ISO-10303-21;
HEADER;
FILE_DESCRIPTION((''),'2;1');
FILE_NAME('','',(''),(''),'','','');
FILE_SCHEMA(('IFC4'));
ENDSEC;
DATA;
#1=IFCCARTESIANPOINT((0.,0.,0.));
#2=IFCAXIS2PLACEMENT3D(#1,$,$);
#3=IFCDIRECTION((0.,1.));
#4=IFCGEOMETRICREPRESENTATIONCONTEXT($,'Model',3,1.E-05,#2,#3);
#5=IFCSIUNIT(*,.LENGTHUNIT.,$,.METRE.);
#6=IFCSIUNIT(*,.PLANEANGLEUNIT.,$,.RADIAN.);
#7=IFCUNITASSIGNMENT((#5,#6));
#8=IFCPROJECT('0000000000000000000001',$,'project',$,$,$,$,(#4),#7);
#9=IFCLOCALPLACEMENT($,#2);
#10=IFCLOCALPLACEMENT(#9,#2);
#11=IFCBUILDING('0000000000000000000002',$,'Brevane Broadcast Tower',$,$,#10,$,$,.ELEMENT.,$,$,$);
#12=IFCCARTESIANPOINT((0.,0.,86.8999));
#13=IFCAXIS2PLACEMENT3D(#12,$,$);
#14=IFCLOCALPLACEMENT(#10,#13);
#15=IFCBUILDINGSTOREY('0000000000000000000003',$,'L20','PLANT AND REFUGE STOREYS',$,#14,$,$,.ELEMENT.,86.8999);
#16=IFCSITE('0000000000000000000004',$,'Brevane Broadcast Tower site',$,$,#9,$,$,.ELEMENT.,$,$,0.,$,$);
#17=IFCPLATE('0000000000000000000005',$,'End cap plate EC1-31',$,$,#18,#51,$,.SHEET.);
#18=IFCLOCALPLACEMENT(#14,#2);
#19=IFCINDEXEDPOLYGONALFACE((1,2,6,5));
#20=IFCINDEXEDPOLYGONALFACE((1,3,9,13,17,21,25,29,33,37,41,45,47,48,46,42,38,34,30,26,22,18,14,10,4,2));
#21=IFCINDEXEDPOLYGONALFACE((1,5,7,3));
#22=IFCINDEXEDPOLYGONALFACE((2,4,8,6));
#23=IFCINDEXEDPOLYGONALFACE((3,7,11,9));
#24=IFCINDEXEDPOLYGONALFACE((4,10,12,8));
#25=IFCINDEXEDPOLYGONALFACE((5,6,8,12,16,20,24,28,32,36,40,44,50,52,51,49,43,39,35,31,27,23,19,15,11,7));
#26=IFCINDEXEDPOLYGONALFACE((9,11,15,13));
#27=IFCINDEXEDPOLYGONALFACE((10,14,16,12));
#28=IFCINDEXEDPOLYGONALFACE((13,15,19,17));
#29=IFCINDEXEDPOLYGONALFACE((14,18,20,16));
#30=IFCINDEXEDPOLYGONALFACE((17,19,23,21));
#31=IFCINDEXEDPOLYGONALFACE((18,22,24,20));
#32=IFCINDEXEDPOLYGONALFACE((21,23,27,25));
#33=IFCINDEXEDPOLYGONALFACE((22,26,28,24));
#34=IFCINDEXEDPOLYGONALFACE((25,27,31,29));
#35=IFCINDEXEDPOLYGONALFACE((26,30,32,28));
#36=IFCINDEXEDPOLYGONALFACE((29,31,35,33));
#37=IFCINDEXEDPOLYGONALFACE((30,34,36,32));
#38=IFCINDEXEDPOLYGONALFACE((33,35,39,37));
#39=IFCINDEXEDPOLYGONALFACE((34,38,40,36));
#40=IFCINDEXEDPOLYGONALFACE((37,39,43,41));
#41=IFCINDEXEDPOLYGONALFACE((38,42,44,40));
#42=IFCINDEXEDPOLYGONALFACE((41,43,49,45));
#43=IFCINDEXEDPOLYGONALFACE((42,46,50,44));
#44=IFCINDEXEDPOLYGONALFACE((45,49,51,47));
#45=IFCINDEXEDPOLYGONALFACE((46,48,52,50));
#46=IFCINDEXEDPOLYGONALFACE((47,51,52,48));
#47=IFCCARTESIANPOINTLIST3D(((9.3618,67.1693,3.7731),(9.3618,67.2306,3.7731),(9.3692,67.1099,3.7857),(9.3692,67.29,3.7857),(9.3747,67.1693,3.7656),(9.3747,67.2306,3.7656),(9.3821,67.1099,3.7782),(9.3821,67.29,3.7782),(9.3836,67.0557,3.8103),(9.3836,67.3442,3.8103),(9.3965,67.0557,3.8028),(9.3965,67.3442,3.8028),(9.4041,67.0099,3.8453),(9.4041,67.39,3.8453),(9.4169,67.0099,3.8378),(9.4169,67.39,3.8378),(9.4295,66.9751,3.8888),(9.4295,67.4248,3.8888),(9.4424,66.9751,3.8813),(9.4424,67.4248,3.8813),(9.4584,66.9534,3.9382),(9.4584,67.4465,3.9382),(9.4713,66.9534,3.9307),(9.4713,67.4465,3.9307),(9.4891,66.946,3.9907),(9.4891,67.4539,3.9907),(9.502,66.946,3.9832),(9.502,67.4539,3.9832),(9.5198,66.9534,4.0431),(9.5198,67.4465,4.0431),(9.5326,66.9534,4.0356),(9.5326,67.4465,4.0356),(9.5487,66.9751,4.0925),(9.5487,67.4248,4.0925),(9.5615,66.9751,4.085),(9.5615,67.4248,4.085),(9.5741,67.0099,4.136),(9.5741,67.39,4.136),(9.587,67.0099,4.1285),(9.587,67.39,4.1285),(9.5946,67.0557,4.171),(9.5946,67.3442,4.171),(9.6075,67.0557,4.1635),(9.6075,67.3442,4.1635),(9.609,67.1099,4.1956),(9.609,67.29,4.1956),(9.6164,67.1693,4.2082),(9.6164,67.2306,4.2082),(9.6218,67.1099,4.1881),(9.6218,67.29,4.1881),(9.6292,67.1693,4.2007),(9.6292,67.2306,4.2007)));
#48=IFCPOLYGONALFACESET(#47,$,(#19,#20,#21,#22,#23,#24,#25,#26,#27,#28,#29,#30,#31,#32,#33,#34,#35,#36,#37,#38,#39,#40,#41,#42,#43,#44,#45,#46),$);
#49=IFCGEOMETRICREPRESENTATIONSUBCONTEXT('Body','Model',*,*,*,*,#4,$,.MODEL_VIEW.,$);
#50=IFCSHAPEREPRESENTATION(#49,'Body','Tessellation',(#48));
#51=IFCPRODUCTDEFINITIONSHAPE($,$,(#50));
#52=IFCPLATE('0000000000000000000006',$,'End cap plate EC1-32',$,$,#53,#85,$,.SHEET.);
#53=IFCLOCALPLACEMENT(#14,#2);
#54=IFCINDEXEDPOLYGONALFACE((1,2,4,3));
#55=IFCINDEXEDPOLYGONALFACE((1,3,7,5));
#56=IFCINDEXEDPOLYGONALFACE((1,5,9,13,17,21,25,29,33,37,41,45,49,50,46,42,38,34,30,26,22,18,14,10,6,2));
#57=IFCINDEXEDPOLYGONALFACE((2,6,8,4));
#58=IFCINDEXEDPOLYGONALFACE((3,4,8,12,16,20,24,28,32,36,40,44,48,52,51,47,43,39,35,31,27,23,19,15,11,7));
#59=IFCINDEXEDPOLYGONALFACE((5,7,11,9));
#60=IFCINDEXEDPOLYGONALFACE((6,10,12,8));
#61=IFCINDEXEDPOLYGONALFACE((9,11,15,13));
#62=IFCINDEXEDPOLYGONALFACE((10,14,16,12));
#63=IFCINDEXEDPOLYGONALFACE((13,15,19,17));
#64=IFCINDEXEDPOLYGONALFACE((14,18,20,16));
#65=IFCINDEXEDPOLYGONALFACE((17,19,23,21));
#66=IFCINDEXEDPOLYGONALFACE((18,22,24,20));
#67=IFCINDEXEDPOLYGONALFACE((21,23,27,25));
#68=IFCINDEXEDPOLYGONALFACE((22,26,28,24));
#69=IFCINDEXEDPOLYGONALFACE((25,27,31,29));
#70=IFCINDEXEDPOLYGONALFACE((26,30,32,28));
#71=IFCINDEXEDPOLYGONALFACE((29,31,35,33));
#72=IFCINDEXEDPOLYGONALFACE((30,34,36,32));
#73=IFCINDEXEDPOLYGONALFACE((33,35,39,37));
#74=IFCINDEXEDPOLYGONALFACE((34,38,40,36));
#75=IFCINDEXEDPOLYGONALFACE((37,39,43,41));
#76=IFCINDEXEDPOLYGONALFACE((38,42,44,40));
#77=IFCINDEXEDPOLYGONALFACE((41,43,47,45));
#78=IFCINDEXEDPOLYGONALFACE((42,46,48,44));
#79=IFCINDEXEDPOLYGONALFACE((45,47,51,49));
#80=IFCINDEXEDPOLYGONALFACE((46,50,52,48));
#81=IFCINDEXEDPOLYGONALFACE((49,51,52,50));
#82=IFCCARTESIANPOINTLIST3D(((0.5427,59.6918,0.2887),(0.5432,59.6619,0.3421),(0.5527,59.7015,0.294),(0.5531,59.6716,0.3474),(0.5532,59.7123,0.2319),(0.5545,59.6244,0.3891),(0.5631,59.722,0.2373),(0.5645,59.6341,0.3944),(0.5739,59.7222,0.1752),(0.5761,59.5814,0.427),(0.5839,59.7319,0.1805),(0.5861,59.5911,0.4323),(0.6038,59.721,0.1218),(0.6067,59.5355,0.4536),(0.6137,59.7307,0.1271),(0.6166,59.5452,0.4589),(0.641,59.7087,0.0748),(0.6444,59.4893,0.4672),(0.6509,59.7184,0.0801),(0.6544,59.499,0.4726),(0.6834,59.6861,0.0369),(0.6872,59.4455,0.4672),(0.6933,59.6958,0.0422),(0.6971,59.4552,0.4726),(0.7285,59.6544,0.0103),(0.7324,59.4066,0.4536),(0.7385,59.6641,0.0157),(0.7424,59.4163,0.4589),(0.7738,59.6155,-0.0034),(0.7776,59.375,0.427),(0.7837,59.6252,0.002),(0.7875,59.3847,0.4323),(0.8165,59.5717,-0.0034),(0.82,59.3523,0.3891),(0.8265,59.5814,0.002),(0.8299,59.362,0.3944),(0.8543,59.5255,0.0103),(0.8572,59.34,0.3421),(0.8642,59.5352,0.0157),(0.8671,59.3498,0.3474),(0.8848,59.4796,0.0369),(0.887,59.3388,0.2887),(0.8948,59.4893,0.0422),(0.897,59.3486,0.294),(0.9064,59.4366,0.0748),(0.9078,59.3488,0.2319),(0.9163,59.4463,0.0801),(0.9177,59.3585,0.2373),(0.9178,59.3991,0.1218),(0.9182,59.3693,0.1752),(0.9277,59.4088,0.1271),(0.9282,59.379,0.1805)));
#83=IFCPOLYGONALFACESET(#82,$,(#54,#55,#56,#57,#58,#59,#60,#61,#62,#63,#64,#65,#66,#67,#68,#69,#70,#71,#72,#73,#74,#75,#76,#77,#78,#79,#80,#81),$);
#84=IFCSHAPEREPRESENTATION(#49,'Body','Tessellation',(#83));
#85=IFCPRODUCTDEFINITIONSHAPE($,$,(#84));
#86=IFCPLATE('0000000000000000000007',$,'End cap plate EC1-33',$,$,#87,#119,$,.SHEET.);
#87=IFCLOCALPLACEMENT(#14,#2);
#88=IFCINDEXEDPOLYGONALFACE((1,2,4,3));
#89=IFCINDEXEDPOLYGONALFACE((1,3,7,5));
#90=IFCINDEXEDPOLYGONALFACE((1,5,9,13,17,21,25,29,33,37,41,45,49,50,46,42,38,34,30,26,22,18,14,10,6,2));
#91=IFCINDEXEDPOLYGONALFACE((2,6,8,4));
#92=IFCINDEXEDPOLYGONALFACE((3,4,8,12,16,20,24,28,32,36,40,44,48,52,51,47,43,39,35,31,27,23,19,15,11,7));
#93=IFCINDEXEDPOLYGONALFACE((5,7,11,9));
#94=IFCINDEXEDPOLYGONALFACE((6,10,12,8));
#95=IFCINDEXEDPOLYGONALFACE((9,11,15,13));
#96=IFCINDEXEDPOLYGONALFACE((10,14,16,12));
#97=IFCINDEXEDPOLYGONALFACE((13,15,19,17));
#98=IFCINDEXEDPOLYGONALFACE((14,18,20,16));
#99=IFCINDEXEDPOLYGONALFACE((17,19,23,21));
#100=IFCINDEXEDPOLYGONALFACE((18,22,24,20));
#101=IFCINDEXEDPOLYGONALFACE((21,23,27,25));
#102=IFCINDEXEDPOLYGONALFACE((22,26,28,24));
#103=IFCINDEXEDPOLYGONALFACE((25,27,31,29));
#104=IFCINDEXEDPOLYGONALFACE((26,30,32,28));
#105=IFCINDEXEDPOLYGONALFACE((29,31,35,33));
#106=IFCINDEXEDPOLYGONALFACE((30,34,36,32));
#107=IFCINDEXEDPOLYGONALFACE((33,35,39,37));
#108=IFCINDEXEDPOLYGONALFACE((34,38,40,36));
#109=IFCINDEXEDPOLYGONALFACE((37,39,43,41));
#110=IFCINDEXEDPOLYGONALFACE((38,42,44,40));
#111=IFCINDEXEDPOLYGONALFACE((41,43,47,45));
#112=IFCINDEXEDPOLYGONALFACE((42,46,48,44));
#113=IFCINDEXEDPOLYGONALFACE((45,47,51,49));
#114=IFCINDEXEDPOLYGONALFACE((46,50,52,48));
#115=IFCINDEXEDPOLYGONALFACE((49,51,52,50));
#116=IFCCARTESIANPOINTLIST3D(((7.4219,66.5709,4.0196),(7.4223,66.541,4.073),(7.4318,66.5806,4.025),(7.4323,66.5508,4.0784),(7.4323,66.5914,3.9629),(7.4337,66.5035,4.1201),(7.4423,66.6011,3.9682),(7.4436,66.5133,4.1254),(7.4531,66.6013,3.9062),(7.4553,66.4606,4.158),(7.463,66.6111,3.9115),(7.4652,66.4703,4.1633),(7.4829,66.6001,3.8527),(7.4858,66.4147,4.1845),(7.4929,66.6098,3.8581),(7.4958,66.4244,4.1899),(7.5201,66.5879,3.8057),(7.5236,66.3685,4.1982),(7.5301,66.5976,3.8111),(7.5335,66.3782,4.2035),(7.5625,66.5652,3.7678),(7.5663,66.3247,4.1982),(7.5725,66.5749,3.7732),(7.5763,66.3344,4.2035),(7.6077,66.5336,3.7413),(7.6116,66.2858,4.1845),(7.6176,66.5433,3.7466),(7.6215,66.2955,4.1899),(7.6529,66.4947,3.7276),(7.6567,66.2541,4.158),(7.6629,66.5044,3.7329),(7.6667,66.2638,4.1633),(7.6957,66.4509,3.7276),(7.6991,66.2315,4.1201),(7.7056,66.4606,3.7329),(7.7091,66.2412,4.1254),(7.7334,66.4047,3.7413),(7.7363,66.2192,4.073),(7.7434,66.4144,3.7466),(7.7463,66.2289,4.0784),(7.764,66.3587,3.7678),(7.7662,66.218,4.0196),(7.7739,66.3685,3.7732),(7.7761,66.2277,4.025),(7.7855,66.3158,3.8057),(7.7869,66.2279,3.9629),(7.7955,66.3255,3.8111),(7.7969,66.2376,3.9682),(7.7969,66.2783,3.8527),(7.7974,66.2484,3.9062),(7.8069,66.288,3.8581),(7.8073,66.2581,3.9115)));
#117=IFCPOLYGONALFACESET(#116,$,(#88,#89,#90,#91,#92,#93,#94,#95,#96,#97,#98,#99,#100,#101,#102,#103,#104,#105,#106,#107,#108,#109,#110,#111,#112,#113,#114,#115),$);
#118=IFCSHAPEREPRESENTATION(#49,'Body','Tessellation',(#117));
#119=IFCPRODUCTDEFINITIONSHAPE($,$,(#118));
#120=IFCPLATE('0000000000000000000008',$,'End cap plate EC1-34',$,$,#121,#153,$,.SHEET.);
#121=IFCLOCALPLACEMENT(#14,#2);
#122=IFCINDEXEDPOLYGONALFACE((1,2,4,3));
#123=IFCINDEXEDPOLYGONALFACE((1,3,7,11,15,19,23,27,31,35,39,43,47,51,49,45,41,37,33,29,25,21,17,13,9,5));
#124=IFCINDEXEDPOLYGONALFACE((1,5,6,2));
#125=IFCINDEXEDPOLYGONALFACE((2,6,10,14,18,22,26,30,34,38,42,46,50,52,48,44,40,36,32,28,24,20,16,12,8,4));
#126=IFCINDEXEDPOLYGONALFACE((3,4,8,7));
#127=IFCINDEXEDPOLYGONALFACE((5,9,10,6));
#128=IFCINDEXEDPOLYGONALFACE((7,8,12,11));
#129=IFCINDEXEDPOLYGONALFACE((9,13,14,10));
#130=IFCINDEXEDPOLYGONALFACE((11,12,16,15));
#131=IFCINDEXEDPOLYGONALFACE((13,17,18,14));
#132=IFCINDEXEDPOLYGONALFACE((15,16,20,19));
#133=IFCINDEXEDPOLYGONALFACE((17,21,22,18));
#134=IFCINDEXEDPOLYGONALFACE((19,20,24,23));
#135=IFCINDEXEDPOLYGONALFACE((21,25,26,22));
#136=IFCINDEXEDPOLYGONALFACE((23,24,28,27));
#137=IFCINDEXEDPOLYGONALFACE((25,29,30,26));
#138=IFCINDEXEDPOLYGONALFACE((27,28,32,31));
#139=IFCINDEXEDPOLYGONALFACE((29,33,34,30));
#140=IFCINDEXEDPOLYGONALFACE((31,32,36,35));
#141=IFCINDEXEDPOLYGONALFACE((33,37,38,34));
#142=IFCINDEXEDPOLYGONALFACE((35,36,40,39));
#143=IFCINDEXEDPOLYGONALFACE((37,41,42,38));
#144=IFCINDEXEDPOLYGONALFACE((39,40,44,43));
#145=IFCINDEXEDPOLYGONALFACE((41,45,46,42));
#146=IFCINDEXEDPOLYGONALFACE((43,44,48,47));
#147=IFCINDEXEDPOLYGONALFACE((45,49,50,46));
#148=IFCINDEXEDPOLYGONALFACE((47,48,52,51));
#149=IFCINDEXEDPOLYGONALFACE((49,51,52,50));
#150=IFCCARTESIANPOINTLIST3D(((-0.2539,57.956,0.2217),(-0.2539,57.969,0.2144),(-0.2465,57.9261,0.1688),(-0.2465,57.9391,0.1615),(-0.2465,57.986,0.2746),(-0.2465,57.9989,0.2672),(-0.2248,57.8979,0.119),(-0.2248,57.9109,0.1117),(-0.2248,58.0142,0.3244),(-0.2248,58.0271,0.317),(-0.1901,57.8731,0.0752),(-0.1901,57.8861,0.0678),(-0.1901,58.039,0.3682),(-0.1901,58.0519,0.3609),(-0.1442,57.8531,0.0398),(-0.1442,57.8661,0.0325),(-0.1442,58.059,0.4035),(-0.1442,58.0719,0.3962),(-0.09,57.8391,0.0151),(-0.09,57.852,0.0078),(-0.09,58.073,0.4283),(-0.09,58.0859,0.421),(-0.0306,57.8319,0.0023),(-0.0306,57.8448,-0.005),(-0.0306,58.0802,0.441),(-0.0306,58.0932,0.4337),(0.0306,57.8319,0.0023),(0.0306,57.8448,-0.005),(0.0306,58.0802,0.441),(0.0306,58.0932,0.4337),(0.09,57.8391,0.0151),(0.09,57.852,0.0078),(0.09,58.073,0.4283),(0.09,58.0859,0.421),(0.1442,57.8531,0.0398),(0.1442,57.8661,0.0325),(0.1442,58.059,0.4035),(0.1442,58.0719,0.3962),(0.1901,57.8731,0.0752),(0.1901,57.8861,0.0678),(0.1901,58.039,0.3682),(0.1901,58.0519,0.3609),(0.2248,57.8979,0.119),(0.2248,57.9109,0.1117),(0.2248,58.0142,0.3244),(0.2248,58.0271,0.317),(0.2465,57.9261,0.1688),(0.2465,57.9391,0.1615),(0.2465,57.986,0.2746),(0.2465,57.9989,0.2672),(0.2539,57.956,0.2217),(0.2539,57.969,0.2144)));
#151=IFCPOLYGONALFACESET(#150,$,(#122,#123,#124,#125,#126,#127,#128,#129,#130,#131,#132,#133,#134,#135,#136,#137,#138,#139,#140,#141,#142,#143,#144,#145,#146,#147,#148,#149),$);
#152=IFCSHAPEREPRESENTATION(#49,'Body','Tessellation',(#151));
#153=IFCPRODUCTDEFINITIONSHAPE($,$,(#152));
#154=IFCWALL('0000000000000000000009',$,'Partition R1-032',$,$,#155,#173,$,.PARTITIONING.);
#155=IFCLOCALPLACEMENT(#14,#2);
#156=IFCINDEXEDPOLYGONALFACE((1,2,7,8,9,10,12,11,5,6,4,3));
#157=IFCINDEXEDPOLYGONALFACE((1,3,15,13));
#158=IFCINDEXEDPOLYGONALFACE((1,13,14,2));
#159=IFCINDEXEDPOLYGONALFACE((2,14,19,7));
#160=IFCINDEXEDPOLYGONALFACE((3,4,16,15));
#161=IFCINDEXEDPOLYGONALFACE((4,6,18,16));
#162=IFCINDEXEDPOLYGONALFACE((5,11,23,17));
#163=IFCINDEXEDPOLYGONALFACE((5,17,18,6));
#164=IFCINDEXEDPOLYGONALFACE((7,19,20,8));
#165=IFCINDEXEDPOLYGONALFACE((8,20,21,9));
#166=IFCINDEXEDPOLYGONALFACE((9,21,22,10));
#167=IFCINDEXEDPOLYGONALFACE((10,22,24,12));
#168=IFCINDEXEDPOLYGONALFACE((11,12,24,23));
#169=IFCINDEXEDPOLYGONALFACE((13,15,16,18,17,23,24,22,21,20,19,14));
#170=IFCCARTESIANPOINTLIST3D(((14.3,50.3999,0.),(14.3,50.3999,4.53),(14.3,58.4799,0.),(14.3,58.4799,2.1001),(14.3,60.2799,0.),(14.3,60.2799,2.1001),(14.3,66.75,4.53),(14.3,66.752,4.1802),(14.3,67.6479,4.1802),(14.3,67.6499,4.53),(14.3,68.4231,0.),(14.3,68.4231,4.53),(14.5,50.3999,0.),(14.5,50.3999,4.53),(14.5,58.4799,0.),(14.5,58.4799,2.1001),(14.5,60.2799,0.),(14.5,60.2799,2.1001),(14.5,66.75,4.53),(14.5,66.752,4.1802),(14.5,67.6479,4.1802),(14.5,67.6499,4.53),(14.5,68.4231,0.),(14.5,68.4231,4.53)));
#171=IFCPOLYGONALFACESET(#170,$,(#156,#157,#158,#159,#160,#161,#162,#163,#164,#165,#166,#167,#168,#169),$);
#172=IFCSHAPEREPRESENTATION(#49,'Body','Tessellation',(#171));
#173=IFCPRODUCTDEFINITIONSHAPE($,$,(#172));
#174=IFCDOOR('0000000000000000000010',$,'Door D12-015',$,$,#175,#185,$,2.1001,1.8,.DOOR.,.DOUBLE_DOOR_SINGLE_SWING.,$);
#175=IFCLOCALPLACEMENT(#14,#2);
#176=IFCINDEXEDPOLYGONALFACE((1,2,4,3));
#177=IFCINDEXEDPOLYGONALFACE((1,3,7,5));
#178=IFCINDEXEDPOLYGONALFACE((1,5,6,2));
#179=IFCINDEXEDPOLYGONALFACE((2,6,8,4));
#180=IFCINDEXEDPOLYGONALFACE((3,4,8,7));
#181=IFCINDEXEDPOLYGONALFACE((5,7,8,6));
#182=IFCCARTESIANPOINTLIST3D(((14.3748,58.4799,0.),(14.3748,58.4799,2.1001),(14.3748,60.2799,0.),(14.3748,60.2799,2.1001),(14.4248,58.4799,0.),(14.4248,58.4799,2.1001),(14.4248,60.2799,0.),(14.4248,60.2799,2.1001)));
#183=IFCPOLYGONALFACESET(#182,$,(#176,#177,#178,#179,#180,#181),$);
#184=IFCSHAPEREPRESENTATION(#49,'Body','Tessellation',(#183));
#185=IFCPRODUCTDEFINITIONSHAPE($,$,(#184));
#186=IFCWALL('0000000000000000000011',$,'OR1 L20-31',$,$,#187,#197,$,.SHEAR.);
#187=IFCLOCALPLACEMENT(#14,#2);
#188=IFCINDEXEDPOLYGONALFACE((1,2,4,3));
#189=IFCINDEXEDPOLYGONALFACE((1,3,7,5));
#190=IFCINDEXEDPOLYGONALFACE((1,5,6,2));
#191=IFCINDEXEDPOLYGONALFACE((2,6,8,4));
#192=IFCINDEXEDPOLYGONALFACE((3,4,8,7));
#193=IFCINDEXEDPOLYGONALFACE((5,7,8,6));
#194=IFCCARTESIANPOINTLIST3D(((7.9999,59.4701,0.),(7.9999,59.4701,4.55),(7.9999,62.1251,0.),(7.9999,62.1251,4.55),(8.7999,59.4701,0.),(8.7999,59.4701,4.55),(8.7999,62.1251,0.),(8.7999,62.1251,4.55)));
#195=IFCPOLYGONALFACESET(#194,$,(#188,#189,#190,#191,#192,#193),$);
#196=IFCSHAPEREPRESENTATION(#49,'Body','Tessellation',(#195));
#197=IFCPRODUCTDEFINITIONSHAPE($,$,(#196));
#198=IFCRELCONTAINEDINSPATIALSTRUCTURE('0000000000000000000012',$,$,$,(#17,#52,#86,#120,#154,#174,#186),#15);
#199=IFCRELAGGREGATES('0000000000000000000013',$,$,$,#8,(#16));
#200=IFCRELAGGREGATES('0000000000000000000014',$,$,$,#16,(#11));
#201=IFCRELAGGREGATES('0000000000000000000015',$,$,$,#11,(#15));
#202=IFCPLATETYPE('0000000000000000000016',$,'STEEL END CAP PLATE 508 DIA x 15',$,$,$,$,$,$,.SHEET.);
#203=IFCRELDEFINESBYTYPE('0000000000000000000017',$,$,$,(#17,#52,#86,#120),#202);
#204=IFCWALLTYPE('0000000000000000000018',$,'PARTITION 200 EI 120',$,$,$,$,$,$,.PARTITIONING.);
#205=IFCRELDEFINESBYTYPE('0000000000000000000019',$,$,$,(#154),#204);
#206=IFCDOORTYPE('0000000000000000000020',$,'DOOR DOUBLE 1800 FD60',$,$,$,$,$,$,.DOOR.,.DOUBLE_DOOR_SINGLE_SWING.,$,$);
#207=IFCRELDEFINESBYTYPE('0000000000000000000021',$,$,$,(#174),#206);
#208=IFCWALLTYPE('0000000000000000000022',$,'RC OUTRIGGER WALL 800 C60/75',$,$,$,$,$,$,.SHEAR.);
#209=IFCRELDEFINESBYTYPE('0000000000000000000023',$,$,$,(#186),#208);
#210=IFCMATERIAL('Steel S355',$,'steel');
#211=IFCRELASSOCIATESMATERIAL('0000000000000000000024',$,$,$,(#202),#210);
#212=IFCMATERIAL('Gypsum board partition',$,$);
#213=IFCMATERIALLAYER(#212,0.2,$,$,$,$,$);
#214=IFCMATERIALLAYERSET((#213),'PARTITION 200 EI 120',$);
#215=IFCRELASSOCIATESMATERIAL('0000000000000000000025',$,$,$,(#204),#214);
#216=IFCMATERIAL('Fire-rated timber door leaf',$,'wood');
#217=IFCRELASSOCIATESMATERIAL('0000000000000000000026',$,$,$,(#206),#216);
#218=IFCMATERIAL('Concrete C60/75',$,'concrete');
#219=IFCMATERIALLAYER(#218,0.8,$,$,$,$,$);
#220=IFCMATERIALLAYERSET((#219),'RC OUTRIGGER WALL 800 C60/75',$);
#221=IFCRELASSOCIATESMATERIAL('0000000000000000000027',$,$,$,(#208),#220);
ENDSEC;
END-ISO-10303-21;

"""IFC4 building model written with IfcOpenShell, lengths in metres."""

from ifc_helpers import new_model, si_unit, direction, frame, frame_2d, origin, origin_2d, place, context, subcontext, project, spatial, polyline, rectangle, circle, outline, extrude, material, layer, layer_set, material_profile, profile_set, type_object, element, fill, save


model = new_model("IFC4")

# Units and contexts
model_context = context("Model", 3, precision=1e-05, world=origin(), true_north=direction((0.0, 1.0)))
body_context = subcontext(model_context, "Body", "Model", "MODEL_VIEW")
ifc_project = project(units=[si_unit("LENGTHUNIT", "METRE"), si_unit("PLANEANGLEUNIT", "RADIAN")], contexts=[model_context])

# Site, building, storey
site_placement = place(None, origin())
site = spatial("IfcSite", under=ifc_project, at=site_placement, Name="Brevane Broadcast Tower site", CompositionType="ELEMENT", RefElevation=0.0)
building_placement = place(site_placement, origin())
building = spatial("IfcBuilding", under=site, at=building_placement, Name="Brevane Broadcast Tower", CompositionType="ELEMENT")
storey_placement = place(building_placement, frame((0.0, 0.0, 86.8999)))
storey = spatial("IfcBuildingStorey", under=building, at=storey_placement, Name="L20", Description="PLANT AND REFUGE STOREYS", CompositionType="ELEMENT", Elevation=86.8999)

# Shared definitions
ifc_material_1 = material(Name="Steel S355", Category="steel")

# Plates
ifc_material_profile_1 = material_profile(ifc_material_1, circle(Radius=0.2539, at=origin_2d()), Name="PL 508 DIA x 15")
ifc_profile_set_1 = profile_set([ifc_material_profile_1], Name="Steel S355")
plate_type = type_object("IfcPlateType", Name="STEEL END CAP PLATE 508 DIA x 15", PredefinedType="SHEET", material=ifc_profile_set_1)
for number, where, z_axis, x_axis, name in (
    (1, (9.502, 67.2, 3.9832), (-0.863188, 0.0, 0.504883), (0.0, -1.0, 0.0), "End cap plate EC1-31"),
    (2, (0.7305, 59.5305, 0.2319), (0.668192, 0.651895, 0.358542), (-0.698324, 0.715782, 0.0), "End cap plate EC1-32"),
    (3, (7.6096, 66.4097, 3.9629), (0.668192, 0.651895, 0.358542), (-0.698324, 0.715782, 0.0), "End cap plate EC1-33"),
    (4, (0.0, 57.969, 0.2144), (0.0, -0.870257, 0.492598), (1.0, 0.0, 0.0), "End cap plate EC1-34"),
):
    element("IfcPlate", number, at=place(storey_placement, frame(where, z_axis=z_axis, x_axis=x_axis)), inside=storey, type_object=plate_type, Name=name, PredefinedType="SHEET", context=body_context, shape_type="SweptSolid", body=[
        extrude(circle(Radius=0.2539, at=origin_2d()), origin(), (0.0, 0.0, 1.0), 0.0149),
    ])

# Wall, opening, door
ifc_material_2 = material(Name="Gypsum board partition")
ifc_layer_1 = layer(ifc_material_2, 0.2)
ifc_layer_set_1 = layer_set([ifc_layer_1], Name="PARTITION 200 EI 120")
wall_type_1 = type_object("IfcWallType", Name="PARTITION 200 EI 120", PredefinedType="PARTITIONING", material=ifc_layer_set_1)
wall_placement = place(storey_placement, frame((14.3999, 68.4231, 0.0), z_axis=(0.0, 0.0, 1.0), x_axis=(0.0, -1.0, 0.0)))
wall = element("IfcWall", 5, at=wall_placement, inside=storey, type_object=wall_type_1, Name="Partition R1-032", PredefinedType="PARTITIONING", context=body_context, shape_type="SweptSolid", body=[
    extrude(outline(polyline([(0.0, 0.0), (18.0232, 0.0), (18.0232, 4.53), (1.6731, 4.53), (1.6711, 4.1802), (0.7751, 4.1802), (0.7732, 4.53), (0.1433, 4.53), (0.0, 4.53), (0.0, 0.0)])), frame((0.0, 0.1001, 0.0), z_axis=(0.0, -1.0, 0.0), x_axis=(1.0, 0.0, 0.0)), (0.0, 0.0, 1.0), 0.2),
])
opening_placement = place(wall_placement, frame((8.1433, 0.0, 0.0)))
opening = element("IfcOpeningElement", 6, at=opening_placement, cuts=wall, PredefinedType="OPENING", context=body_context, shape_type="SweptSolid", body=[
    extrude(rectangle(XDim=1.8, YDim=2.1001, at=frame_2d((0.8999, 1.05))), frame((0.0, 0.1099, 0.0), z_axis=(0.0, -1.0, 0.0), x_axis=(1.0, 0.0, 0.0)), (0.0, 0.0, 1.0), 0.22),
])
ifc_material_3 = material(Name="Fire-rated timber door leaf", Category="wood")
door_type = type_object("IfcDoorType", Name="DOOR DOUBLE 1800 FD60", OperationType="DOUBLE_DOOR_SINGLE_SWING", PredefinedType="DOOR", material=ifc_material_3)
door_placement = place(opening_placement, origin())
door = element("IfcDoor", 7, at=door_placement, inside=storey, type_object=door_type, Name="Door D12-015", OperationType="DOUBLE_DOOR_SINGLE_SWING", OverallHeight=2.1001, OverallWidth=1.8, PredefinedType="DOOR", context=body_context, shape_type="SweptSolid", body=[
    extrude(rectangle(XDim=1.8, YDim=2.1001, at=frame_2d((0.8999, 1.05))), frame((0.0, 0.0249, 0.0), z_axis=(0.0, -1.0, 0.0), x_axis=(1.0, 0.0, 0.0)), (0.0, 0.0, 1.0), 0.05),
])
fill(opening, door)

# Wall
ifc_material_4 = material(Name="Concrete C60/75", Category="concrete")
ifc_layer_2 = layer(ifc_material_4, 0.8)
ifc_layer_set_2 = layer_set([ifc_layer_2], Name="RC OUTRIGGER WALL 800 C60/75")
wall_type_2 = type_object("IfcWallType", Name="RC OUTRIGGER WALL 800 C60/75", PredefinedType="SHEAR", material=ifc_layer_set_2)
for number, where, z_axis, x_axis, name in (
    (8, (8.3999, 59.47, 0.0), (0.0, 0.0, 1.0), (0.0, 1.0, 0.0), "OR1 L20-31"),
):
    element("IfcWall", number, at=place(storey_placement, frame(where, z_axis=z_axis, x_axis=x_axis)), inside=storey, type_object=wall_type_2, Name=name, PredefinedType="SHEAR", context=body_context, shape_type="SweptSolid", body=[
        extrude(rectangle(XDim=2.655, YDim=0.8, at=frame_2d((1.3276, 0.0))), origin(), (0.0, 0.0, 1.0), 4.55),
    ])

save(model, "model.ifc")
